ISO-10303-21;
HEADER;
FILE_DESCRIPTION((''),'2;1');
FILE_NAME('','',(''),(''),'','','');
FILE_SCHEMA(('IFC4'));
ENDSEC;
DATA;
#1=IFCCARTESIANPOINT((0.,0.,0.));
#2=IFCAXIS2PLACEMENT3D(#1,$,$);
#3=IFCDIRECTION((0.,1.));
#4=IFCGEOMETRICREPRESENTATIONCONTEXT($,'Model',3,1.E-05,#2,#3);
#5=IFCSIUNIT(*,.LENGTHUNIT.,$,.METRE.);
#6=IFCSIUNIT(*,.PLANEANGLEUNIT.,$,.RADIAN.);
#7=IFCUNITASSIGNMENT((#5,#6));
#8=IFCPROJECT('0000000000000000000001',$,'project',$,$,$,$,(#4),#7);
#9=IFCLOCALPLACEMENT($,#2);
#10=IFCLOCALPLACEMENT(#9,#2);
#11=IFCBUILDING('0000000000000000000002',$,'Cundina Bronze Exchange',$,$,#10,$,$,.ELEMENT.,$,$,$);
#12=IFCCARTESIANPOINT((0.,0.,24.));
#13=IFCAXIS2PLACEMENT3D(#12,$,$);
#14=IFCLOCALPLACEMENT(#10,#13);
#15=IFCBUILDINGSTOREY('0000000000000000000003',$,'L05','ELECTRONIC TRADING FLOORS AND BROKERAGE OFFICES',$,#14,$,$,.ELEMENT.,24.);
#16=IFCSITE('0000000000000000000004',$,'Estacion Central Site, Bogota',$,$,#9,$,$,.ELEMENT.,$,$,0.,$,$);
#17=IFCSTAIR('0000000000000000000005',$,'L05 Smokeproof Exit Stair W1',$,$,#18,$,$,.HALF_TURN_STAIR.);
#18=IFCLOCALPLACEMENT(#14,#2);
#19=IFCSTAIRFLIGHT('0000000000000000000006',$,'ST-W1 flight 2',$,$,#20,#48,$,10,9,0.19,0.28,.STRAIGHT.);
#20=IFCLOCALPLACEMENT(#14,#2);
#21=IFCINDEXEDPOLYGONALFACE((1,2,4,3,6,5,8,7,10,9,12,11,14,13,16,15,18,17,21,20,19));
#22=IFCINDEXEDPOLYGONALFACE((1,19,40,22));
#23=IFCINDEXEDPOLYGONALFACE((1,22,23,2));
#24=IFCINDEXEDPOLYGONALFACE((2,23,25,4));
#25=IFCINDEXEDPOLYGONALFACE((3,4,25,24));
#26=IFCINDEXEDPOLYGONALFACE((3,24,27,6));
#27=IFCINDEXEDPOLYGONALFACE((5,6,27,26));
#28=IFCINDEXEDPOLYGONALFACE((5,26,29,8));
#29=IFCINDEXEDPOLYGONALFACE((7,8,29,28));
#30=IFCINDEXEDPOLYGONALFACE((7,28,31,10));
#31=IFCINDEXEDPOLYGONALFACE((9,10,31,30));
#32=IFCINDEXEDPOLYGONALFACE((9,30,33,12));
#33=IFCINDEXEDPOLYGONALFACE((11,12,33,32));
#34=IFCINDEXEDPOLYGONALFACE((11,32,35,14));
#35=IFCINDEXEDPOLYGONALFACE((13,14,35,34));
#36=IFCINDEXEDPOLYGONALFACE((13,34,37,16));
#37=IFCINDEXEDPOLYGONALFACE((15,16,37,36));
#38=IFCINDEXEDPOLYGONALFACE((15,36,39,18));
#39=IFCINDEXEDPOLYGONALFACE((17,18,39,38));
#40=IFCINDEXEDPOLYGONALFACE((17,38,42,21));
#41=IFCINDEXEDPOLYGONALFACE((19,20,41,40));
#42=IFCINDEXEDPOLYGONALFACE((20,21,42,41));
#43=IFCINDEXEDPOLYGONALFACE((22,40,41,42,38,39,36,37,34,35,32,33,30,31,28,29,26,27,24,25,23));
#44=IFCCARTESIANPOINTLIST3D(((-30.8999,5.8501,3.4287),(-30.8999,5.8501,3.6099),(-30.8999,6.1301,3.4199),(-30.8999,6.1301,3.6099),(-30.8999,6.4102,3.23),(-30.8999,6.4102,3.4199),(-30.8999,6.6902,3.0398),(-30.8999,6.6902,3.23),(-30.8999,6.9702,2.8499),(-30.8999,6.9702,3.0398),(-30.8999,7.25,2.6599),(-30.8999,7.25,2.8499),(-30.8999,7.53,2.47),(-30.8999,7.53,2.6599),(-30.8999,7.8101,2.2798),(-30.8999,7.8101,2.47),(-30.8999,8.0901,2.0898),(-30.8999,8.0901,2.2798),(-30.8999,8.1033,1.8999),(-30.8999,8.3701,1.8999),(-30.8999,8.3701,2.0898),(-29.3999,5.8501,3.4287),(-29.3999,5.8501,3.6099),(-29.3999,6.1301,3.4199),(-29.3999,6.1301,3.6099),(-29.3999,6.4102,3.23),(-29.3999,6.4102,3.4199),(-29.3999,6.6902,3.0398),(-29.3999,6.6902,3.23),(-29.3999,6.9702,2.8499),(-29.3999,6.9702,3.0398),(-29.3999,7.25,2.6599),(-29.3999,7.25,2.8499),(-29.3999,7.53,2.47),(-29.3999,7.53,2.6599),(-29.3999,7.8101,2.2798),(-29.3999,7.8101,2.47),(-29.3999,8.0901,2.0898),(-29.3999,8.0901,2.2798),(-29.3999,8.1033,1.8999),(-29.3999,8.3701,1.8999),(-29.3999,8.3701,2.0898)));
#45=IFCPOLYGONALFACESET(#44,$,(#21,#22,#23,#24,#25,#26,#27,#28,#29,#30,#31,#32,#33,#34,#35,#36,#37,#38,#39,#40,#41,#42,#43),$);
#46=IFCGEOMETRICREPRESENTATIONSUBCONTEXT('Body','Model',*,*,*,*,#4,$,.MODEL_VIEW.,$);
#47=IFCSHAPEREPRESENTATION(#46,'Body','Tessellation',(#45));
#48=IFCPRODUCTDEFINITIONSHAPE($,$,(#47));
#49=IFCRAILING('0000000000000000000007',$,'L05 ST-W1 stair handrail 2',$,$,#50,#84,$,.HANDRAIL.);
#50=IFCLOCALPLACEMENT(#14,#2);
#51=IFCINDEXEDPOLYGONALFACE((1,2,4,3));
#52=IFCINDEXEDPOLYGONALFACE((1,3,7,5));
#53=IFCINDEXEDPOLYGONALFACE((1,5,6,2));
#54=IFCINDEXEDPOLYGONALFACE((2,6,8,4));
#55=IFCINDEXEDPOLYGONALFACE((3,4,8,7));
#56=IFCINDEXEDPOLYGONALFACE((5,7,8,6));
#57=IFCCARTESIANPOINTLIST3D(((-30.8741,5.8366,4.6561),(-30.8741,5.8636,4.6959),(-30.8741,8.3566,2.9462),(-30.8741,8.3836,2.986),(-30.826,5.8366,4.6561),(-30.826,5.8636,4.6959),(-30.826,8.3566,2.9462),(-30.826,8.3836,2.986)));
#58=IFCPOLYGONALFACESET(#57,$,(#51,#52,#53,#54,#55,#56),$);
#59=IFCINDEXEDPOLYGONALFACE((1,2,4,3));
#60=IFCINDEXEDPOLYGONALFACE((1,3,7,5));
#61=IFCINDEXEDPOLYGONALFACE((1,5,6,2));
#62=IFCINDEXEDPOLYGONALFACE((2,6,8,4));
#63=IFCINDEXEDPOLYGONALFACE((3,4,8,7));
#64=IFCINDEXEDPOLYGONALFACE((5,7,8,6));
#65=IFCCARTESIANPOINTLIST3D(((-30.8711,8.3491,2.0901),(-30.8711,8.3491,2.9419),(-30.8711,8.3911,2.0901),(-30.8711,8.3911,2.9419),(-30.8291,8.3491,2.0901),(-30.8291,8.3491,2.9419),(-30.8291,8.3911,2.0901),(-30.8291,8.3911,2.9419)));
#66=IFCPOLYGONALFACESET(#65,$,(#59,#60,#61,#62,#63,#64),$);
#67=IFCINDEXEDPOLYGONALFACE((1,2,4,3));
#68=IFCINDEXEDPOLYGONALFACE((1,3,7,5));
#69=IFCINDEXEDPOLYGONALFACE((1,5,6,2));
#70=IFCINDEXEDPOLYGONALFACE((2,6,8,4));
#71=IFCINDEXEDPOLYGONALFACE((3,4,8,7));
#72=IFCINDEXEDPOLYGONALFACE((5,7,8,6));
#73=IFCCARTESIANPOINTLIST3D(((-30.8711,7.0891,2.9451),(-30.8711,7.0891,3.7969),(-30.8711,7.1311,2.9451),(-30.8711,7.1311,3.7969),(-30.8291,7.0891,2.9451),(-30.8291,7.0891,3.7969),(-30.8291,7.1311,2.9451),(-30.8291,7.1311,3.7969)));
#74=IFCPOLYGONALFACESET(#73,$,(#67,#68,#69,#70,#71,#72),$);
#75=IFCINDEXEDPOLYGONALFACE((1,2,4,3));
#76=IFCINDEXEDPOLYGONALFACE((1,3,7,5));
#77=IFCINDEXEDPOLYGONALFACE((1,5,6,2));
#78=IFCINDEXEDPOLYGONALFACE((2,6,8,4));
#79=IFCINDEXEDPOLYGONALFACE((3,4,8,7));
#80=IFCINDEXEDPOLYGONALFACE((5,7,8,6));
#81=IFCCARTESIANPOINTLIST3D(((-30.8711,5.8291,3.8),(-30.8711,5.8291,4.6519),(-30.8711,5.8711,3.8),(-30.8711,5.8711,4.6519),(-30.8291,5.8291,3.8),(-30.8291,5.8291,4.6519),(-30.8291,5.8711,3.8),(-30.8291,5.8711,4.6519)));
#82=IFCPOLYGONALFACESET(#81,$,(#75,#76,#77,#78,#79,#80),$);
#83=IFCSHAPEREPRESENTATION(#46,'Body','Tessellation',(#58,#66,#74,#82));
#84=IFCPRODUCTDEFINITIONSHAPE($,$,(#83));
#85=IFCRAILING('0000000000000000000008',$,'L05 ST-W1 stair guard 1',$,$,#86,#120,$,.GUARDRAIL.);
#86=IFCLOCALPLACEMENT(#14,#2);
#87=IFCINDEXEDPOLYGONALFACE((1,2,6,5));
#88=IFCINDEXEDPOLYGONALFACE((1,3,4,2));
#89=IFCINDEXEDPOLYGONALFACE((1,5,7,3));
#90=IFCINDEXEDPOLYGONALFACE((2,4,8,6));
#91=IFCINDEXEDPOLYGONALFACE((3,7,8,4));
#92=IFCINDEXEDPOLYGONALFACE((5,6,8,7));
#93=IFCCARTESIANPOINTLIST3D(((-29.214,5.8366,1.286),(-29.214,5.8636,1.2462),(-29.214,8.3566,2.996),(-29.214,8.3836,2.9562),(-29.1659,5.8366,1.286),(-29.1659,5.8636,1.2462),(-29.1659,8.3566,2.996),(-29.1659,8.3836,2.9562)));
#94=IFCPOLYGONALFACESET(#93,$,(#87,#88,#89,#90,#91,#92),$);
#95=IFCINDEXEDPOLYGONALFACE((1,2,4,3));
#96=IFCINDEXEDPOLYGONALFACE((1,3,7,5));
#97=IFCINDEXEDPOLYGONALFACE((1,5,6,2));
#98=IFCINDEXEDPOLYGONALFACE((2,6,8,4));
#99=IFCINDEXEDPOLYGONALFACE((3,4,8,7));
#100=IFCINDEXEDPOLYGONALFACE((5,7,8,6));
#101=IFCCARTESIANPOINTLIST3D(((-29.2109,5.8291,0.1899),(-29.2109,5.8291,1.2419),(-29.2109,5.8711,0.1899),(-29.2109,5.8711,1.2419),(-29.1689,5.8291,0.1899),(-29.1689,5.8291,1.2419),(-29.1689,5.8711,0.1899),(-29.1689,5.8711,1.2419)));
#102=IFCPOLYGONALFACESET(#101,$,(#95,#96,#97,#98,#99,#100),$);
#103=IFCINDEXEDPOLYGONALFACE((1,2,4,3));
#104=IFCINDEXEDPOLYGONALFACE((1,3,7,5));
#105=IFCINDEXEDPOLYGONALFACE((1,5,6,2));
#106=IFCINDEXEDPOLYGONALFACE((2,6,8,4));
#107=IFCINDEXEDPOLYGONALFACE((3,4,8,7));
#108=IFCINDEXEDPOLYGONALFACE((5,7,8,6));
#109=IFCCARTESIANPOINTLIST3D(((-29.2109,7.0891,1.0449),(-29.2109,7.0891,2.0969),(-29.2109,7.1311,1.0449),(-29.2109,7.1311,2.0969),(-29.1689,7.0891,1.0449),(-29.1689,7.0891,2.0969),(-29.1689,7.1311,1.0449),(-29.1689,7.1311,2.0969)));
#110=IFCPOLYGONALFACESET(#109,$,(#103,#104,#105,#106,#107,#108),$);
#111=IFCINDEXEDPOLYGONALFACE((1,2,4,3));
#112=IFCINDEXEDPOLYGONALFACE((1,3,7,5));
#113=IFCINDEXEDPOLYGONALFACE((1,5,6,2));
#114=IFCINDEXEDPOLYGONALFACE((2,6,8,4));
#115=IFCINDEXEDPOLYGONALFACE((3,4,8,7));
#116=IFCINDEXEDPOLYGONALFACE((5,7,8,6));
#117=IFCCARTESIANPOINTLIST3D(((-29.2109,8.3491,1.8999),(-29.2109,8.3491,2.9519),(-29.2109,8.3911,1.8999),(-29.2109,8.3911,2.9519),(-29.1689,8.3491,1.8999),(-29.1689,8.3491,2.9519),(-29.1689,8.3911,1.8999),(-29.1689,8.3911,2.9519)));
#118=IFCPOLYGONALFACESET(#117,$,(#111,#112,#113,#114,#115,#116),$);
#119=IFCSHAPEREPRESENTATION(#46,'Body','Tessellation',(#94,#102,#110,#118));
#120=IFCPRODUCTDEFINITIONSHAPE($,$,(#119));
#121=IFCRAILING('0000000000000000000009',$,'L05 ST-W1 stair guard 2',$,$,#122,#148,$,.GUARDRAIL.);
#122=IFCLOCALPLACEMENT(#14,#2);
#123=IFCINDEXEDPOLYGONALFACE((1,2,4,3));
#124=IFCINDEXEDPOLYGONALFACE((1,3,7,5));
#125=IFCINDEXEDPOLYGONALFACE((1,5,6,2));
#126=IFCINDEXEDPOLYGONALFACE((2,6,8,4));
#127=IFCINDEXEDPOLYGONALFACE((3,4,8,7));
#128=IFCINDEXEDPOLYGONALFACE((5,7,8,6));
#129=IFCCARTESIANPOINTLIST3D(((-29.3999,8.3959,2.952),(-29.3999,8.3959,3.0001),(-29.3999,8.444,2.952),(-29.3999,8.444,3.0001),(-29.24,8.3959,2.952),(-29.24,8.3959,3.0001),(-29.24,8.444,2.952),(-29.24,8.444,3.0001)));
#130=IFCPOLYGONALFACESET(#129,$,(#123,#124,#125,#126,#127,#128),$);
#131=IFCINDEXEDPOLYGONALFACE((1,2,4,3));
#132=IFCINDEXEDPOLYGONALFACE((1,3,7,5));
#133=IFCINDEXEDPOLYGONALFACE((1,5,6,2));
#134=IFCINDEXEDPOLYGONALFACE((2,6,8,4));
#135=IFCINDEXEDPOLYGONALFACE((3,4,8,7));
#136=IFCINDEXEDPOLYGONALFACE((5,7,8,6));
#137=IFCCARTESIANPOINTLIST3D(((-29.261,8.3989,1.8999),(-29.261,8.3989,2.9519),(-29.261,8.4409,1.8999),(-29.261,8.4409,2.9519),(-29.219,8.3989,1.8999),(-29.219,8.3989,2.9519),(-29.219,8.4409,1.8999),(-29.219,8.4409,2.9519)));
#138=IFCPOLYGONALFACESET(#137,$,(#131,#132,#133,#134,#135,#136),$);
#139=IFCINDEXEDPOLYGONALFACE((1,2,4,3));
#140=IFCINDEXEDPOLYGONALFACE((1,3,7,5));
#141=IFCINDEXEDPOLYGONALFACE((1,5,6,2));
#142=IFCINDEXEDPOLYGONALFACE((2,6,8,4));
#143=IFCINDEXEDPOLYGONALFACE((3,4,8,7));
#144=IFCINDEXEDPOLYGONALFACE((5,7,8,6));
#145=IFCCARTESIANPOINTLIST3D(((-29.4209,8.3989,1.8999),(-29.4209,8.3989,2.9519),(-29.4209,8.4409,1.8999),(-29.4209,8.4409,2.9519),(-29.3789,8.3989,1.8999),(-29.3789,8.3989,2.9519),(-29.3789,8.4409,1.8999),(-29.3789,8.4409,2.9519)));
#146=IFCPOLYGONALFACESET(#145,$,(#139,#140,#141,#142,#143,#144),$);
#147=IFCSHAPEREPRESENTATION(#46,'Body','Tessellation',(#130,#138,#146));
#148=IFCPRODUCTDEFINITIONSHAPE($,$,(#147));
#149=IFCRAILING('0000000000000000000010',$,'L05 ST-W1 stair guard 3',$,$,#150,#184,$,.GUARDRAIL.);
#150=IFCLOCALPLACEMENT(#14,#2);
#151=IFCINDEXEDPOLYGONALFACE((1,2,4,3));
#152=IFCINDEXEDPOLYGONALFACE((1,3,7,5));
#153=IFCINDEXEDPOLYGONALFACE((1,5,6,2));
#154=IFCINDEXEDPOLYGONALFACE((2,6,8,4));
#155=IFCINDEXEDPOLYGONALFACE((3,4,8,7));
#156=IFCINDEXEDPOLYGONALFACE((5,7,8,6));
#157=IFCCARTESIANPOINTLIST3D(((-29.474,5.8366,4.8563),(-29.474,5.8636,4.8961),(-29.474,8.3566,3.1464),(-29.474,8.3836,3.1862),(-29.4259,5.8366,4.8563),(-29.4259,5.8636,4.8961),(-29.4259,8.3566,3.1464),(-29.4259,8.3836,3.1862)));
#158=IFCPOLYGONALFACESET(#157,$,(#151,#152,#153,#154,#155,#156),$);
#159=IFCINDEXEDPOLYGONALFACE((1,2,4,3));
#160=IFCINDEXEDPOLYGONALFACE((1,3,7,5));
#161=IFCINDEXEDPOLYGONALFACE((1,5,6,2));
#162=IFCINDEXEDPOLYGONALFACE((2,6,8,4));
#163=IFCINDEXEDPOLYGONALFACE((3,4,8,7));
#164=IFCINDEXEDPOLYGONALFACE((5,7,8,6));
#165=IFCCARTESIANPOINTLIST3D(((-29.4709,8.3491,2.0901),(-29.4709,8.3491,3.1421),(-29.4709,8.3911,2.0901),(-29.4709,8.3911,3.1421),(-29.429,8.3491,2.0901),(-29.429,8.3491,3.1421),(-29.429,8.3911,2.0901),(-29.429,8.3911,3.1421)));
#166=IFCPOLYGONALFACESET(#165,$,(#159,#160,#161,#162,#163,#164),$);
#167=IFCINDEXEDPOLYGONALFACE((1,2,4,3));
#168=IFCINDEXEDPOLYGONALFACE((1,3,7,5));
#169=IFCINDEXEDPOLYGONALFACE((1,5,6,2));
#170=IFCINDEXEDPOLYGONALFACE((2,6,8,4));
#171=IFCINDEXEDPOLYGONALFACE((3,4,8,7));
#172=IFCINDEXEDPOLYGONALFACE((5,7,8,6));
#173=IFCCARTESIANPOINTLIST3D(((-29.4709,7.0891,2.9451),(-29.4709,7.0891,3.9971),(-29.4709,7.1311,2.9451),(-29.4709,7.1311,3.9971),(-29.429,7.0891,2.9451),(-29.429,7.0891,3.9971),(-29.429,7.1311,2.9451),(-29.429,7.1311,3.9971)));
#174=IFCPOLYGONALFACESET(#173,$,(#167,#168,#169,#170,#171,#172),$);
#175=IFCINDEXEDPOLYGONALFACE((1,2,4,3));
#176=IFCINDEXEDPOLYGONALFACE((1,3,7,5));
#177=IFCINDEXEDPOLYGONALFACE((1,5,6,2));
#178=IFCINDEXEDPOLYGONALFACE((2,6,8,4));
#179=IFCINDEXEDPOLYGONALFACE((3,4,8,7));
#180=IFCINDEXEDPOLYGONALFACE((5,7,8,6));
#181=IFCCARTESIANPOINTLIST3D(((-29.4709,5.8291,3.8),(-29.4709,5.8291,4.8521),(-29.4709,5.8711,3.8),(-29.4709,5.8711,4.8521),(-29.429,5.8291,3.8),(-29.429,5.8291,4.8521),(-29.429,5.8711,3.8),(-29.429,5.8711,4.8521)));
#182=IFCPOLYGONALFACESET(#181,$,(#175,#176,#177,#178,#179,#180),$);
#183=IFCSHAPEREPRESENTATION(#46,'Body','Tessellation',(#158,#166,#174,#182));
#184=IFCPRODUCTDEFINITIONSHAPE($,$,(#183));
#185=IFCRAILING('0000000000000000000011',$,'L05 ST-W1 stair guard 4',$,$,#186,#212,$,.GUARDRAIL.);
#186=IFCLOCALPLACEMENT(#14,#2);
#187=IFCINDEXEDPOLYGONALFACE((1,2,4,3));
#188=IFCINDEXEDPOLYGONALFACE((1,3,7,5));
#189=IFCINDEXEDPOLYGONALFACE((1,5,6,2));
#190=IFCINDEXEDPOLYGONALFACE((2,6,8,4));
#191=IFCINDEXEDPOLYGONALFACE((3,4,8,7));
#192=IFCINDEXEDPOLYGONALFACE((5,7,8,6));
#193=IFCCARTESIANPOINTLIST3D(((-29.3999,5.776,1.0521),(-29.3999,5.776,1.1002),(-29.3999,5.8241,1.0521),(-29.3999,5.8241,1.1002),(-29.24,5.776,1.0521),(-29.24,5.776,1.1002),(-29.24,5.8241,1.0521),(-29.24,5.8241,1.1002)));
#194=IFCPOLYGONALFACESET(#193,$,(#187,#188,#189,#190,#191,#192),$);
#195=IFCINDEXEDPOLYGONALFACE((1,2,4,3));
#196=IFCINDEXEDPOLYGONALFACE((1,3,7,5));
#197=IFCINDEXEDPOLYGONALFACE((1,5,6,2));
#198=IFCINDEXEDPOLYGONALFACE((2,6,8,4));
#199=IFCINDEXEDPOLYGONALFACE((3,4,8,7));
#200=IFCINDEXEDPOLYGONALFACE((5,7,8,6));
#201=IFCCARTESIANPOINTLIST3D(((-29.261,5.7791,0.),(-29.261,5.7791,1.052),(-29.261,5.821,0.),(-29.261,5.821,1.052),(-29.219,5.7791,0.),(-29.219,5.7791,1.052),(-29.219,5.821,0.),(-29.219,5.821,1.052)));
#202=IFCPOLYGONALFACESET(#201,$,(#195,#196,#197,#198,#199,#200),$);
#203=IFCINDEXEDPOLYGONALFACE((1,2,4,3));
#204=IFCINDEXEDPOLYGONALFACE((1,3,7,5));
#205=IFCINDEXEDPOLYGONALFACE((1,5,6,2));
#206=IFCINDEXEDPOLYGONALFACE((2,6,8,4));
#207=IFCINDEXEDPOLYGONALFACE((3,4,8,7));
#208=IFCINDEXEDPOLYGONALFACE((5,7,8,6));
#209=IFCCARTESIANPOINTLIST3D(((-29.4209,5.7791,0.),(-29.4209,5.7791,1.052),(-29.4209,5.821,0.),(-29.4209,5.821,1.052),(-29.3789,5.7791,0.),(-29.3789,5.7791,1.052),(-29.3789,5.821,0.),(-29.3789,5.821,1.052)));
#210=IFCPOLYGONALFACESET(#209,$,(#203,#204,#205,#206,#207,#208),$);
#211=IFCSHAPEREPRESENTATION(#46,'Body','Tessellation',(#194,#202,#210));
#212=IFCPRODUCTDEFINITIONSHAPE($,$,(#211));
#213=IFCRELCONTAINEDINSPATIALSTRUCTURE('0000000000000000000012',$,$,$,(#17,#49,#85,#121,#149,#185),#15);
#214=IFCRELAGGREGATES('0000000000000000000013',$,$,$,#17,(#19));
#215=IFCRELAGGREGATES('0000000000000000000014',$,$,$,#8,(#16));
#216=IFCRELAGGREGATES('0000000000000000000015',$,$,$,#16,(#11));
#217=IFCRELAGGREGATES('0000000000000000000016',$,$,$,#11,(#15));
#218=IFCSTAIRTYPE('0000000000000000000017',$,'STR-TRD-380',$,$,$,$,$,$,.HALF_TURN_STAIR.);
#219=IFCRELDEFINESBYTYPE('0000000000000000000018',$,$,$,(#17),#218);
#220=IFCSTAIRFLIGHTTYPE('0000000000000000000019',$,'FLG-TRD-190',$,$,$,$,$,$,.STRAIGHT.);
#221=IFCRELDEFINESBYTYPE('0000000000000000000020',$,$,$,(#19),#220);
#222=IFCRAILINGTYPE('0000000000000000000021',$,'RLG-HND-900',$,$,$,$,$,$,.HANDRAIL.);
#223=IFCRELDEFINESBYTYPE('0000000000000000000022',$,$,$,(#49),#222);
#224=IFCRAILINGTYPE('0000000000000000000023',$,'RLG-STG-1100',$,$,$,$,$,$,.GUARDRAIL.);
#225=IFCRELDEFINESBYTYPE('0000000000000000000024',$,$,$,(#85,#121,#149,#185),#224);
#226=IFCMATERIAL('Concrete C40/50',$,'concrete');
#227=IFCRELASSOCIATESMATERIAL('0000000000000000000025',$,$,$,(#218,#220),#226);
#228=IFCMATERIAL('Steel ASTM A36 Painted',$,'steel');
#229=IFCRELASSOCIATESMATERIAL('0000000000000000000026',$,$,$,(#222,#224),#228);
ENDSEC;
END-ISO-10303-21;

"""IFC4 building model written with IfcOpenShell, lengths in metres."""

from ifc_helpers import new_model, si_unit, direction, frame, origin, origin_2d, place, context, subcontext, project, spatial, polyline, rectangle, outline, extrude, material, type_object, element, aggregate, save


model = new_model("IFC4")

# Units and contexts
model_context = context("Model", 3, precision=1e-05, world=origin(), true_north=direction((0.0, 1.0)))
body_context = subcontext(model_context, "Body", "Model", "MODEL_VIEW")
ifc_project = project(units=[si_unit("LENGTHUNIT", "METRE"), si_unit("PLANEANGLEUNIT", "RADIAN")], contexts=[model_context])

# Site, building, storey
site_placement = place(None, origin())
site = spatial("IfcSite", under=ifc_project, at=site_placement, Name="Estacion Central Site, Bogota", CompositionType="ELEMENT", RefElevation=0.0)
building_placement = place(site_placement, origin())
building = spatial("IfcBuilding", under=site, at=building_placement, Name="Cundina Bronze Exchange", CompositionType="ELEMENT")
storey_placement = place(building_placement, frame((0.0, 0.0, 24.0)))
storey = spatial("IfcBuildingStorey", under=building, at=storey_placement, Name="L05", Description="ELECTRONIC TRADING FLOORS AND BROKERAGE OFFICES", CompositionType="ELEMENT", Elevation=24.0)

# Shared definitions
ifc_material_1 = material(Name="Steel ASTM A36 Painted", Category="steel")

# Stair, stair flight
ifc_material_2 = material(Name="Concrete C40/50", Category="concrete")
stair_type = type_object("IfcStairType", Name="STR-TRD-380", PredefinedType="HALF_TURN_STAIR", material=ifc_material_2)
stair_placement = place(storey_placement, origin())
stair = element("IfcStair", 1, at=stair_placement, inside=storey, type_object=stair_type, Name="L05 Smokeproof Exit Stair W1", PredefinedType="HALF_TURN_STAIR")
stair_flight_type = type_object("IfcStairFlightType", Name="FLG-TRD-190", PredefinedType="STRAIGHT", material=ifc_material_2)
stair_flight_placement = place(storey_placement, frame((-30.1499, 8.3701, 1.8999), z_axis=(0.0, 0.0, 1.0), x_axis=(0.0, -1.0, 0.0)))
stair_flight = element("IfcStairFlight", 2, at=stair_flight_placement, type_object=stair_flight_type, Name="ST-W1 flight 2", NumberOfRisers=10, NumberOfTreads=9, PredefinedType="STRAIGHT", RiserHeight=0.19, TreadLength=0.28, context=body_context, shape_type="SweptSolid", body=[
    extrude(outline(polyline([(0.0, 0.0), (0.0, 0.1899), (0.28, 0.1899), (0.28, 0.3799), (0.5601, 0.3799), (0.5601, 0.5701), (0.8401, 0.5701), (0.8401, 0.76), (1.1201, 0.76), (1.1201, 0.95), (1.3999, 0.95), (1.3999, 1.1399), (1.6799, 1.1399), (1.6799, 1.3301), (1.96, 1.3301), (1.96, 1.52), (2.24, 1.52), (2.24, 1.71), (2.52, 1.71), (2.52, 1.8999), (2.52, 1.5288), (0.2668, 0.0), (0.0, 0.0)])), frame((0.0, 0.75, 0.0), z_axis=(0.0, -1.0, 0.0), x_axis=(1.0, 0.0, 0.0)), (0.0, 0.0, 1.0), 1.5),
])
aggregate(stair, [stair_flight])

# Railings
railing_type_1 = type_object("IfcRailingType", Name="RLG-HND-900", PredefinedType="HANDRAIL", material=ifc_material_1)
railing_1_placement = place(storey_placement, frame((-30.8501, 8.3701, 2.0901)))
element("IfcRailing", 3, at=railing_1_placement, inside=storey, type_object=railing_type_1, Name="L05 ST-W1 stair handrail 2", PredefinedType="HANDRAIL", context=body_context, shape_type="SweptSolid", body=[
    extrude(rectangle(XDim=0.0481, YDim=0.0481, at=origin_2d()), frame((0.0, 0.0, 0.876), z_axis=(0.0, -0.827484, 0.56149), x_axis=(1.0, 0.0, 0.0)), (0.0, 0.0, 1.0), 3.0454),
    extrude(rectangle(XDim=0.042, YDim=0.042, at=origin_2d()), origin(), (0.0, 0.0, 1.0), 0.8518),
    extrude(rectangle(XDim=0.042, YDim=0.042, at=origin_2d()), frame((0.0, -1.26, 0.855)), (0.0, 0.0, 1.0), 0.8518),
    extrude(rectangle(XDim=0.042, YDim=0.042, at=origin_2d()), frame((0.0, -2.52, 1.71)), (0.0, 0.0, 1.0), 0.8518),
])
railing_type_2 = type_object("IfcRailingType", Name="RLG-STG-1100", PredefinedType="GUARDRAIL", material=ifc_material_1)
railing_2_placement = place(storey_placement, frame((-29.1899, 5.8501, 0.1899)))
element("IfcRailing", 4, at=railing_2_placement, inside=storey, type_object=railing_type_2, Name="L05 ST-W1 stair guard 1", PredefinedType="GUARDRAIL", context=body_context, shape_type="SweptSolid", body=[
    extrude(rectangle(XDim=0.0481, YDim=0.0481, at=origin_2d()), frame((0.0, 0.0, 1.0762), z_axis=(0.0, 0.827484, 0.56149), x_axis=(-1.0, 0.0, 0.0)), (0.0, 0.0, 1.0), 3.0454),
    extrude(rectangle(XDim=0.042, YDim=0.042, at=origin_2d()), origin(), (0.0, 0.0, 1.0), 1.052),
    extrude(rectangle(XDim=0.042, YDim=0.042, at=origin_2d()), frame((0.0, 1.26, 0.855)), (0.0, 0.0, 1.0), 1.052),
    extrude(rectangle(XDim=0.042, YDim=0.042, at=origin_2d()), frame((0.0, 2.52, 1.71)), (0.0, 0.0, 1.0), 1.052),
])
railing_3_placement = place(storey_placement, frame((-29.24, 8.4199, 1.8999)))
element("IfcRailing", 5, at=railing_3_placement, inside=storey, type_object=railing_type_2, Name="L05 ST-W1 stair guard 2", PredefinedType="GUARDRAIL", context=body_context, shape_type="SweptSolid", body=[
    extrude(rectangle(XDim=0.0481, YDim=0.0481, at=origin_2d()), frame((0.0, 0.0, 1.0762), z_axis=(-1.0, 0.0, 0.0), x_axis=(0.0, -1.0, 0.0)), (0.0, 0.0, 1.0), 0.1599),
    extrude(rectangle(XDim=0.042, YDim=0.042, at=origin_2d()), origin(), (0.0, 0.0, 1.0), 1.052),
    extrude(rectangle(XDim=0.042, YDim=0.042, at=origin_2d()), frame((-0.1599, 0.0, 0.0)), (0.0, 0.0, 1.0), 1.052),
])
railing_4_placement = place(storey_placement, frame((-29.45, 8.3701, 2.0901)))
element("IfcRailing", 6, at=railing_4_placement, inside=storey, type_object=railing_type_2, Name="L05 ST-W1 stair guard 3", PredefinedType="GUARDRAIL", context=body_context, shape_type="SweptSolid", body=[
    extrude(rectangle(XDim=0.0481, YDim=0.0481, at=origin_2d()), frame((0.0, 0.0, 1.0762), z_axis=(0.0, -0.827484, 0.56149), x_axis=(1.0, 0.0, 0.0)), (0.0, 0.0, 1.0), 3.0454),
    extrude(rectangle(XDim=0.042, YDim=0.042, at=origin_2d()), origin(), (0.0, 0.0, 1.0), 1.052),
    extrude(rectangle(XDim=0.042, YDim=0.042, at=origin_2d()), frame((0.0, -1.26, 0.855)), (0.0, 0.0, 1.0), 1.052),
    extrude(rectangle(XDim=0.042, YDim=0.042, at=origin_2d()), frame((0.0, -2.52, 1.71)), (0.0, 0.0, 1.0), 1.052),
])
railing_5_placement = place(storey_placement, frame((-29.24, 5.8, 0.0)))
element("IfcRailing", 7, at=railing_5_placement, inside=storey, type_object=railing_type_2, Name="L05 ST-W1 stair guard 4", PredefinedType="GUARDRAIL", context=body_context, shape_type="SweptSolid", body=[
    extrude(rectangle(XDim=0.0481, YDim=0.0481, at=origin_2d()), frame((0.0, 0.0, 1.0762), z_axis=(-1.0, 0.0, 0.0), x_axis=(0.0, -1.0, 0.0)), (0.0, 0.0, 1.0), 0.1599),
    extrude(rectangle(XDim=0.042, YDim=0.042, at=origin_2d()), origin(), (0.0, 0.0, 1.0), 1.052),
    extrude(rectangle(XDim=0.042, YDim=0.042, at=origin_2d()), frame((-0.1599, 0.0, 0.0)), (0.0, 0.0, 1.0), 1.052),
])

save(model, "model.ifc")
